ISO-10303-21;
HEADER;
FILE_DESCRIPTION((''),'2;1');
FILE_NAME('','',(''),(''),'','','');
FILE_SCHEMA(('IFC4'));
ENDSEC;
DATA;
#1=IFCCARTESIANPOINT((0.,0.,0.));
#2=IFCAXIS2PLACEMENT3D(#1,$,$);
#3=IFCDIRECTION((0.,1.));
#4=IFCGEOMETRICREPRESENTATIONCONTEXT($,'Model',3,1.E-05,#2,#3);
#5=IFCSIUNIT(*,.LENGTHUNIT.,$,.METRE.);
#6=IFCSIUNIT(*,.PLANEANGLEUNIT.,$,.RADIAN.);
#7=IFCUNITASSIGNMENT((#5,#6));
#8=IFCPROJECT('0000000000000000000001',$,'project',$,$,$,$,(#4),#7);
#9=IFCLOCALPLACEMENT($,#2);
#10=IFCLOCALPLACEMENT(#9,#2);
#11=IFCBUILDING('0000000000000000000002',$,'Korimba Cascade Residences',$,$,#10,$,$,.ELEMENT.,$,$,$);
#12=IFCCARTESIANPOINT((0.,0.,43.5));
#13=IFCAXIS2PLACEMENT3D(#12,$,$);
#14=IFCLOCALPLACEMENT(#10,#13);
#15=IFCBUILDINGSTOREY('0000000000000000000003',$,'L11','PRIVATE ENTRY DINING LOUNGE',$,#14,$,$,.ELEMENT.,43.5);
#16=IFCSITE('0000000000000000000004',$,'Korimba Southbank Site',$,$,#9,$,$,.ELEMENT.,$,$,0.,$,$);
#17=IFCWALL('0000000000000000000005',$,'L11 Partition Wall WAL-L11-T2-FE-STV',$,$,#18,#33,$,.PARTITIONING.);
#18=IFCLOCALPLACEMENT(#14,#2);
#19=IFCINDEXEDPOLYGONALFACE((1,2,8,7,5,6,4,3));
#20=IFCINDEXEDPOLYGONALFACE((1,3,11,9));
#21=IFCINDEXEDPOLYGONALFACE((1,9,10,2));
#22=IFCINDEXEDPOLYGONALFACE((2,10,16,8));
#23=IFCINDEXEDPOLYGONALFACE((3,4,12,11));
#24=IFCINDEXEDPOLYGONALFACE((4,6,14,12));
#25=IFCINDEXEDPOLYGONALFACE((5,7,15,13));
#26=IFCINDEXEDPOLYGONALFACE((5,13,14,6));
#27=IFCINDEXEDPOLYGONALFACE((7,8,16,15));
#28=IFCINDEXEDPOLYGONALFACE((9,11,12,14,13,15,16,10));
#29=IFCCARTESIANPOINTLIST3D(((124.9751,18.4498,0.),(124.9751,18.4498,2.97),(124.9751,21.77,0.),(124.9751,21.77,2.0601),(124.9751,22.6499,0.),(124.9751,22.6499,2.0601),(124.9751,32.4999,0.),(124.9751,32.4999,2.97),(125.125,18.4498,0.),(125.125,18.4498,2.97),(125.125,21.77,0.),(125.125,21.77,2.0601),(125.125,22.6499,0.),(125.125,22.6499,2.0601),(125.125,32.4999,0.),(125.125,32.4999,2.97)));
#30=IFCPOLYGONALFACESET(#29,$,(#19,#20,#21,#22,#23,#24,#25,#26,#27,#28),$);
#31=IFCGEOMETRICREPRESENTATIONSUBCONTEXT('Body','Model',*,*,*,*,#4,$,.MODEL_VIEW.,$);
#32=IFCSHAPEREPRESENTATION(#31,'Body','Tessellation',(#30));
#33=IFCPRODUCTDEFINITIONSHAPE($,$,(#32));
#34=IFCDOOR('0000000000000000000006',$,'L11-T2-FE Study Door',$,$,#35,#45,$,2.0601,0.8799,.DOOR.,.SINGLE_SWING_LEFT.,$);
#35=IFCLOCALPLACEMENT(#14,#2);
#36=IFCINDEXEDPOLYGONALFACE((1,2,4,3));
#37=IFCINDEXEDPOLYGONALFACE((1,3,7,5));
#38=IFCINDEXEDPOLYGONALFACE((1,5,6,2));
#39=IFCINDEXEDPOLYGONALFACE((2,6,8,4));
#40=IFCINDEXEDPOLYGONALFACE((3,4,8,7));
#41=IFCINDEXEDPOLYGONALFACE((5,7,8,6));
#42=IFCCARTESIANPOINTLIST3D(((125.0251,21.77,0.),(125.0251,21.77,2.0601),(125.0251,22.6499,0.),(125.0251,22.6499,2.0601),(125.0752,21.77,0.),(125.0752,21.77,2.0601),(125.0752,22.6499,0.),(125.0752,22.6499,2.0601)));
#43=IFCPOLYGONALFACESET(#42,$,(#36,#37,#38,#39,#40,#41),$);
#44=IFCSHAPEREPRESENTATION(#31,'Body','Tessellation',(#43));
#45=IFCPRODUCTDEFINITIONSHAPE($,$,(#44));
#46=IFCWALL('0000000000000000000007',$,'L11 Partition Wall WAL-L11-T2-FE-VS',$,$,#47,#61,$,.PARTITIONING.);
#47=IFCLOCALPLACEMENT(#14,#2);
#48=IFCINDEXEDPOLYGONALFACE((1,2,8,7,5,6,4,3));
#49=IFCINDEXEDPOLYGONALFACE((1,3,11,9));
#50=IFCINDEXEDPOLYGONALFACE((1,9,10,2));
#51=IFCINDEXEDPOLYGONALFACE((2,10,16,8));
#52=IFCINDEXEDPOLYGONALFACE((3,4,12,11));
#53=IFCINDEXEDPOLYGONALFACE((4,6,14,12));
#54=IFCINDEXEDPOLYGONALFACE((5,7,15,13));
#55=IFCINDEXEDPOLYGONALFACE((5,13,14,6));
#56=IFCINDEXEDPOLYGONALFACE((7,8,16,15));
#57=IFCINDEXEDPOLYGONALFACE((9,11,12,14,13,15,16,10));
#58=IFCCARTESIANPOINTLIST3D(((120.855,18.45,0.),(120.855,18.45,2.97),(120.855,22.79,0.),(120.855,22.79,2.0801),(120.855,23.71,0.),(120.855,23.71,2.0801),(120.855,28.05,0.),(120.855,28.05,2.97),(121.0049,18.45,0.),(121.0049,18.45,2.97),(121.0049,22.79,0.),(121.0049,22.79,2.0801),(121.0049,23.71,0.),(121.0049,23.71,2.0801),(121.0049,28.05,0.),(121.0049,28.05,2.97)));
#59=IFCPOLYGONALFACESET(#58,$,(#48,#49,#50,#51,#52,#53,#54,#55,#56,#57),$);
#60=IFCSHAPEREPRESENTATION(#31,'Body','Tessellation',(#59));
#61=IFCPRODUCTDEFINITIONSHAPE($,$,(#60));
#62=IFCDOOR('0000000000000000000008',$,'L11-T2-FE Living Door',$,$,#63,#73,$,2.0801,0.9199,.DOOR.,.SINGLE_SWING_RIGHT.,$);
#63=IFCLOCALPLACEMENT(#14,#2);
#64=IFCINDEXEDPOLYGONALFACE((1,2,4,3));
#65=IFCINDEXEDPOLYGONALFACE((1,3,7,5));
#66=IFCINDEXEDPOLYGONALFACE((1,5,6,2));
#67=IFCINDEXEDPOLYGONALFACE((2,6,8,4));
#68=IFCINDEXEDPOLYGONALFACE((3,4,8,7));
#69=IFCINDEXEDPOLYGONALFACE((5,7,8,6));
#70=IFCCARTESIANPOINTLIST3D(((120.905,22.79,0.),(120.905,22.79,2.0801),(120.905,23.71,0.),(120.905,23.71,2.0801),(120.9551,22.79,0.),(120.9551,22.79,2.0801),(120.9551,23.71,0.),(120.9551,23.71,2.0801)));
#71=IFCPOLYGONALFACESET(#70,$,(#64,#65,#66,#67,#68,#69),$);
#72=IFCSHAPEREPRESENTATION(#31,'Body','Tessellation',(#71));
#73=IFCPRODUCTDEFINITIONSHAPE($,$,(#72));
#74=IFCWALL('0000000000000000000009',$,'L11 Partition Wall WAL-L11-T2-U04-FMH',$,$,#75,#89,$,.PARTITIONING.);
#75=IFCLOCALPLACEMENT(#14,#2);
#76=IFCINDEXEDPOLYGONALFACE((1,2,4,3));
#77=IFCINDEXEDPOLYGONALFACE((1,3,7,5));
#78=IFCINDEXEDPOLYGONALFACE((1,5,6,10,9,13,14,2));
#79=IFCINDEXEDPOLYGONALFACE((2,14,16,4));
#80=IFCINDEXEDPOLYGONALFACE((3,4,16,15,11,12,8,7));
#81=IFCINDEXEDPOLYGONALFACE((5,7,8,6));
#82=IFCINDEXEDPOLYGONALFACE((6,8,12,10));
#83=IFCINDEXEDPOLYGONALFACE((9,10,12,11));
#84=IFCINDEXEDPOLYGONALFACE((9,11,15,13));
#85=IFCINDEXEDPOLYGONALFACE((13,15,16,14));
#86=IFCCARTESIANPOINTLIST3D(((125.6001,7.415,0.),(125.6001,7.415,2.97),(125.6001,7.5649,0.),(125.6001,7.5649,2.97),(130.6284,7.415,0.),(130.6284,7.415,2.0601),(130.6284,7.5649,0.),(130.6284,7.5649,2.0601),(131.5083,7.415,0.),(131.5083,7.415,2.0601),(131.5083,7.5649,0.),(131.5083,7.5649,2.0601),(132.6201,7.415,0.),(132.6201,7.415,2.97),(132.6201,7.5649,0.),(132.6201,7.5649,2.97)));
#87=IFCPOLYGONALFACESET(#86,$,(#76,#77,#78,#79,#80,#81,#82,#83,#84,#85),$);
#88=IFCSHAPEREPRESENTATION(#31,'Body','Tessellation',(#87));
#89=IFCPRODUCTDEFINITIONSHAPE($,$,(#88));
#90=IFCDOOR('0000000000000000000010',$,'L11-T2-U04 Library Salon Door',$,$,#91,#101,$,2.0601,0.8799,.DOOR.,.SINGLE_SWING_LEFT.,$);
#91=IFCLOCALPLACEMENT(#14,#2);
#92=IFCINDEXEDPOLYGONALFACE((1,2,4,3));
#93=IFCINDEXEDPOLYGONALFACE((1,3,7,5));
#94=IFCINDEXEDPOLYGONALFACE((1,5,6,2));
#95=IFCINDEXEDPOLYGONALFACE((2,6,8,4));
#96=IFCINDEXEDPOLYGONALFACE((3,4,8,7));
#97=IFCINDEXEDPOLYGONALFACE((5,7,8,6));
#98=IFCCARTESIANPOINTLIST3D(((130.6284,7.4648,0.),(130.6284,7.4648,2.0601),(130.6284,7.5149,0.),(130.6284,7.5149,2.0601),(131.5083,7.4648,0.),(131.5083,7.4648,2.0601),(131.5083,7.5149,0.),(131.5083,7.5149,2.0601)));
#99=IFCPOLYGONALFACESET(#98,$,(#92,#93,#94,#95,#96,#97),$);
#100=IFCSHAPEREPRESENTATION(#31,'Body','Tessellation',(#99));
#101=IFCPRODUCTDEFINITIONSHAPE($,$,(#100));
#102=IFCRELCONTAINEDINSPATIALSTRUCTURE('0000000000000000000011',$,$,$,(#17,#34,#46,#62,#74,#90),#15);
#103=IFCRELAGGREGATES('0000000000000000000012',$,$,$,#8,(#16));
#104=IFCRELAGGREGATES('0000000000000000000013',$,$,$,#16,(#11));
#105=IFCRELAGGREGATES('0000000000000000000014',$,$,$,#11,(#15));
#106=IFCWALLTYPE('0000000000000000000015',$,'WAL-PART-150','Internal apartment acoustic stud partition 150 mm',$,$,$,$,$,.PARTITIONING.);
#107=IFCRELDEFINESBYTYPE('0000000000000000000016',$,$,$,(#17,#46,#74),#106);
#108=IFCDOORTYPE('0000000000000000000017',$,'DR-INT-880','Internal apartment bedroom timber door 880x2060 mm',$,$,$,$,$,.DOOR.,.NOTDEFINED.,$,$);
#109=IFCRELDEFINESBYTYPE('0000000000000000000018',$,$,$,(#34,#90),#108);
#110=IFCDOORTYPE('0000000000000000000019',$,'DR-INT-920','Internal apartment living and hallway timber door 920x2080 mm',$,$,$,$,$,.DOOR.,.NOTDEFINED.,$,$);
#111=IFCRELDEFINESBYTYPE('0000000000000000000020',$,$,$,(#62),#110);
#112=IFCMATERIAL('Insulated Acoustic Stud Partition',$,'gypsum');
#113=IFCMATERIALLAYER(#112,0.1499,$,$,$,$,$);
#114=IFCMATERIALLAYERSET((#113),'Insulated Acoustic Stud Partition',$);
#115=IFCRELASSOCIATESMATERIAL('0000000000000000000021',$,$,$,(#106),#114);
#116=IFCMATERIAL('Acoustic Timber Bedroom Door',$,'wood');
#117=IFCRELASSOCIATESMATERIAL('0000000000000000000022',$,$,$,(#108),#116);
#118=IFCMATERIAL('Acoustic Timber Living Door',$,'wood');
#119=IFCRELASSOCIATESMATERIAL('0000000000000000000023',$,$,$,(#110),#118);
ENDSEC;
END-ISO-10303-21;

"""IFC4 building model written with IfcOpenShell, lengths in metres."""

from ifc_helpers import new_model, si_unit, direction, frame, frame_2d, origin, place, context, subcontext, project, spatial, rectangle, extrude, material, layer, layer_set, type_object, element, fill, save


model = new_model("IFC4")

# Units and contexts
model_context = context("Model", 3, precision=1e-05, world=origin(), true_north=direction((0.0, 1.0)))
body_context = subcontext(model_context, "Body", "Model", "MODEL_VIEW")
ifc_project = project(units=[si_unit("LENGTHUNIT", "METRE"), si_unit("PLANEANGLEUNIT", "RADIAN")], contexts=[model_context])

# Site, building, storey
site_placement = place(None, origin())
site = spatial("IfcSite", under=ifc_project, at=site_placement, Name="Korimba Southbank Site", CompositionType="ELEMENT", RefElevation=0.0)
building_placement = place(site_placement, origin())
building = spatial("IfcBuilding", under=site, at=building_placement, Name="Korimba Cascade Residences", CompositionType="ELEMENT")
storey_placement = place(building_placement, frame((0.0, 0.0, 43.5)))
storey = spatial("IfcBuildingStorey", under=building, at=storey_placement, Name="L11", Description="PRIVATE ENTRY DINING LOUNGE", CompositionType="ELEMENT", Elevation=43.5)

# Walls, openings, doors
ifc_material_1 = material(Name="Insulated Acoustic Stud Partition", Category="gypsum")
ifc_layer_1 = layer(ifc_material_1, 0.1499)
ifc_layer_set_1 = layer_set([ifc_layer_1], Name="Insulated Acoustic Stud Partition")
wall_type_1 = type_object("IfcWallType", Name="WAL-PART-150", Description="Internal apartment acoustic stud partition 150 mm", PredefinedType="PARTITIONING", material=ifc_layer_set_1)
wall_1_placement = place(storey_placement, frame((125.05, 18.45, 0.0), z_axis=(0.0, 0.0, 1.0), x_axis=(0.0, 1.0, 0.0)))
wall_1 = element("IfcWall", 1, at=wall_1_placement, inside=storey, type_object=wall_type_1, Name="L11 Partition Wall WAL-L11-T2-FE-STV", PredefinedType="PARTITIONING", context=body_context, shape_type="SweptSolid", body=[
    extrude(rectangle(XDim=14.05, YDim=0.1499, at=frame_2d((7.0249, 0.0))), origin(), (0.0, 0.0, 1.0), 2.97),
])
opening_1_placement = place(wall_1_placement, frame((3.3201, 0.0, 0.0)))
opening_1 = element("IfcOpeningElement", 2, at=opening_1_placement, cuts=wall_1, PredefinedType="OPENING", context=body_context, shape_type="SweptSolid", body=[
    extrude(rectangle(XDim=0.8799, YDim=2.0601, at=frame_2d((0.4399, 1.03))), frame((0.0, 0.085, 0.0), z_axis=(0.0, -1.0, 0.0), x_axis=(1.0, 0.0, 0.0)), (0.0, 0.0, 1.0), 0.1699),
])
ifc_material_2 = material(Name="Acoustic Timber Bedroom Door", Category="wood")
door_type_1 = type_object("IfcDoorType", Name="DR-INT-880", Description="Internal apartment bedroom timber door 880x2060 mm", OperationType="NOTDEFINED", PredefinedType="DOOR", material=ifc_material_2)
door_1_placement = place(opening_1_placement, origin())
door_1 = element("IfcDoor", 3, at=door_1_placement, inside=storey, type_object=door_type_1, Name="L11-T2-FE Study Door", OperationType="SINGLE_SWING_LEFT", OverallHeight=2.0601, OverallWidth=0.8799, PredefinedType="DOOR", context=body_context, shape_type="SweptSolid", body=[
    extrude(rectangle(XDim=0.8799, YDim=2.0601, at=frame_2d((0.4399, 1.03))), frame((0.0, 0.0249, 0.0), z_axis=(0.0, -1.0, 0.0), x_axis=(1.0, 0.0, 0.0)), (0.0, 0.0, 1.0), 0.05),
])
fill(opening_1, door_1)
wall_2_placement = place(storey_placement, frame((120.9299, 18.45, 0.0), z_axis=(0.0, 0.0, 1.0), x_axis=(0.0, 1.0, 0.0)))
wall_2 = element("IfcWall", 4, at=wall_2_placement, inside=storey, type_object=wall_type_1, Name="L11 Partition Wall WAL-L11-T2-FE-VS", PredefinedType="PARTITIONING", context=body_context, shape_type="SweptSolid", body=[
    extrude(rectangle(XDim=9.6001, YDim=0.1499, at=frame_2d((4.8, 0.0))), origin(), (0.0, 0.0, 1.0), 2.97),
])
opening_2_placement = place(wall_2_placement, frame((4.3401, 0.0, 0.0)))
opening_2 = element("IfcOpeningElement", 5, at=opening_2_placement, cuts=wall_2, PredefinedType="OPENING", context=body_context, shape_type="SweptSolid", body=[
    extrude(rectangle(XDim=0.9199, YDim=2.0801, at=frame_2d((0.46, 1.04))), frame((0.0, 0.085, 0.0), z_axis=(0.0, -1.0, 0.0), x_axis=(1.0, 0.0, 0.0)), (0.0, 0.0, 1.0), 0.1699),
])
ifc_material_3 = material(Name="Acoustic Timber Living Door", Category="wood")
door_type_2 = type_object("IfcDoorType", Name="DR-INT-920", Description="Internal apartment living and hallway timber door 920x2080 mm", OperationType="NOTDEFINED", PredefinedType="DOOR", material=ifc_material_3)
door_2_placement = place(opening_2_placement, origin())
door_2 = element("IfcDoor", 6, at=door_2_placement, inside=storey, type_object=door_type_2, Name="L11-T2-FE Living Door", OperationType="SINGLE_SWING_RIGHT", OverallHeight=2.0801, OverallWidth=0.9199, PredefinedType="DOOR", context=body_context, shape_type="SweptSolid", body=[
    extrude(rectangle(XDim=0.9199, YDim=2.0801, at=frame_2d((0.46, 1.04))), frame((0.0, 0.0249, 0.0), z_axis=(0.0, -1.0, 0.0), x_axis=(1.0, 0.0, 0.0)), (0.0, 0.0, 1.0), 0.05),
])
fill(opening_2, door_2)
wall_3_placement = place(storey_placement, frame((125.6001, 7.49, 0.0), z_axis=(0.0, 0.0, 1.0), x_axis=(1.0, 0.0, 0.0)))
wall_3 = element("IfcWall", 7, at=wall_3_placement, inside=storey, type_object=wall_type_1, Name="L11 Partition Wall WAL-L11-T2-U04-FMH", PredefinedType="PARTITIONING", context=body_context, shape_type="SweptSolid", body=[
    extrude(rectangle(XDim=7.02, YDim=0.1499, at=frame_2d((3.51, 0.0))), origin(), (0.0, 0.0, 1.0), 2.97),
])
opening_3_placement = place(wall_3_placement, frame((5.0283, 0.0, 0.0)))
opening_3 = element("IfcOpeningElement", 8, at=opening_3_placement, cuts=wall_3, PredefinedType="OPENING", context=body_context, shape_type="SweptSolid", body=[
    extrude(rectangle(XDim=0.8799, YDim=2.0601, at=frame_2d((0.4399, 1.03))), frame((0.0, 0.085, 0.0), z_axis=(0.0, -1.0, 0.0), x_axis=(1.0, 0.0, 0.0)), (0.0, 0.0, 1.0), 0.1699),
])
door_3_placement = place(opening_3_placement, origin())
door_3 = element("IfcDoor", 9, at=door_3_placement, inside=storey, type_object=door_type_1, Name="L11-T2-U04 Library Salon Door", OperationType="SINGLE_SWING_LEFT", OverallHeight=2.0601, OverallWidth=0.8799, PredefinedType="DOOR", context=body_context, shape_type="SweptSolid", body=[
    extrude(rectangle(XDim=0.8799, YDim=2.0601, at=frame_2d((0.4399, 1.03))), frame((0.0, 0.0249, 0.0), z_axis=(0.0, -1.0, 0.0), x_axis=(1.0, 0.0, 0.0)), (0.0, 0.0, 1.0), 0.05),
])
fill(opening_3, door_3)

save(model, "model.ifc")
